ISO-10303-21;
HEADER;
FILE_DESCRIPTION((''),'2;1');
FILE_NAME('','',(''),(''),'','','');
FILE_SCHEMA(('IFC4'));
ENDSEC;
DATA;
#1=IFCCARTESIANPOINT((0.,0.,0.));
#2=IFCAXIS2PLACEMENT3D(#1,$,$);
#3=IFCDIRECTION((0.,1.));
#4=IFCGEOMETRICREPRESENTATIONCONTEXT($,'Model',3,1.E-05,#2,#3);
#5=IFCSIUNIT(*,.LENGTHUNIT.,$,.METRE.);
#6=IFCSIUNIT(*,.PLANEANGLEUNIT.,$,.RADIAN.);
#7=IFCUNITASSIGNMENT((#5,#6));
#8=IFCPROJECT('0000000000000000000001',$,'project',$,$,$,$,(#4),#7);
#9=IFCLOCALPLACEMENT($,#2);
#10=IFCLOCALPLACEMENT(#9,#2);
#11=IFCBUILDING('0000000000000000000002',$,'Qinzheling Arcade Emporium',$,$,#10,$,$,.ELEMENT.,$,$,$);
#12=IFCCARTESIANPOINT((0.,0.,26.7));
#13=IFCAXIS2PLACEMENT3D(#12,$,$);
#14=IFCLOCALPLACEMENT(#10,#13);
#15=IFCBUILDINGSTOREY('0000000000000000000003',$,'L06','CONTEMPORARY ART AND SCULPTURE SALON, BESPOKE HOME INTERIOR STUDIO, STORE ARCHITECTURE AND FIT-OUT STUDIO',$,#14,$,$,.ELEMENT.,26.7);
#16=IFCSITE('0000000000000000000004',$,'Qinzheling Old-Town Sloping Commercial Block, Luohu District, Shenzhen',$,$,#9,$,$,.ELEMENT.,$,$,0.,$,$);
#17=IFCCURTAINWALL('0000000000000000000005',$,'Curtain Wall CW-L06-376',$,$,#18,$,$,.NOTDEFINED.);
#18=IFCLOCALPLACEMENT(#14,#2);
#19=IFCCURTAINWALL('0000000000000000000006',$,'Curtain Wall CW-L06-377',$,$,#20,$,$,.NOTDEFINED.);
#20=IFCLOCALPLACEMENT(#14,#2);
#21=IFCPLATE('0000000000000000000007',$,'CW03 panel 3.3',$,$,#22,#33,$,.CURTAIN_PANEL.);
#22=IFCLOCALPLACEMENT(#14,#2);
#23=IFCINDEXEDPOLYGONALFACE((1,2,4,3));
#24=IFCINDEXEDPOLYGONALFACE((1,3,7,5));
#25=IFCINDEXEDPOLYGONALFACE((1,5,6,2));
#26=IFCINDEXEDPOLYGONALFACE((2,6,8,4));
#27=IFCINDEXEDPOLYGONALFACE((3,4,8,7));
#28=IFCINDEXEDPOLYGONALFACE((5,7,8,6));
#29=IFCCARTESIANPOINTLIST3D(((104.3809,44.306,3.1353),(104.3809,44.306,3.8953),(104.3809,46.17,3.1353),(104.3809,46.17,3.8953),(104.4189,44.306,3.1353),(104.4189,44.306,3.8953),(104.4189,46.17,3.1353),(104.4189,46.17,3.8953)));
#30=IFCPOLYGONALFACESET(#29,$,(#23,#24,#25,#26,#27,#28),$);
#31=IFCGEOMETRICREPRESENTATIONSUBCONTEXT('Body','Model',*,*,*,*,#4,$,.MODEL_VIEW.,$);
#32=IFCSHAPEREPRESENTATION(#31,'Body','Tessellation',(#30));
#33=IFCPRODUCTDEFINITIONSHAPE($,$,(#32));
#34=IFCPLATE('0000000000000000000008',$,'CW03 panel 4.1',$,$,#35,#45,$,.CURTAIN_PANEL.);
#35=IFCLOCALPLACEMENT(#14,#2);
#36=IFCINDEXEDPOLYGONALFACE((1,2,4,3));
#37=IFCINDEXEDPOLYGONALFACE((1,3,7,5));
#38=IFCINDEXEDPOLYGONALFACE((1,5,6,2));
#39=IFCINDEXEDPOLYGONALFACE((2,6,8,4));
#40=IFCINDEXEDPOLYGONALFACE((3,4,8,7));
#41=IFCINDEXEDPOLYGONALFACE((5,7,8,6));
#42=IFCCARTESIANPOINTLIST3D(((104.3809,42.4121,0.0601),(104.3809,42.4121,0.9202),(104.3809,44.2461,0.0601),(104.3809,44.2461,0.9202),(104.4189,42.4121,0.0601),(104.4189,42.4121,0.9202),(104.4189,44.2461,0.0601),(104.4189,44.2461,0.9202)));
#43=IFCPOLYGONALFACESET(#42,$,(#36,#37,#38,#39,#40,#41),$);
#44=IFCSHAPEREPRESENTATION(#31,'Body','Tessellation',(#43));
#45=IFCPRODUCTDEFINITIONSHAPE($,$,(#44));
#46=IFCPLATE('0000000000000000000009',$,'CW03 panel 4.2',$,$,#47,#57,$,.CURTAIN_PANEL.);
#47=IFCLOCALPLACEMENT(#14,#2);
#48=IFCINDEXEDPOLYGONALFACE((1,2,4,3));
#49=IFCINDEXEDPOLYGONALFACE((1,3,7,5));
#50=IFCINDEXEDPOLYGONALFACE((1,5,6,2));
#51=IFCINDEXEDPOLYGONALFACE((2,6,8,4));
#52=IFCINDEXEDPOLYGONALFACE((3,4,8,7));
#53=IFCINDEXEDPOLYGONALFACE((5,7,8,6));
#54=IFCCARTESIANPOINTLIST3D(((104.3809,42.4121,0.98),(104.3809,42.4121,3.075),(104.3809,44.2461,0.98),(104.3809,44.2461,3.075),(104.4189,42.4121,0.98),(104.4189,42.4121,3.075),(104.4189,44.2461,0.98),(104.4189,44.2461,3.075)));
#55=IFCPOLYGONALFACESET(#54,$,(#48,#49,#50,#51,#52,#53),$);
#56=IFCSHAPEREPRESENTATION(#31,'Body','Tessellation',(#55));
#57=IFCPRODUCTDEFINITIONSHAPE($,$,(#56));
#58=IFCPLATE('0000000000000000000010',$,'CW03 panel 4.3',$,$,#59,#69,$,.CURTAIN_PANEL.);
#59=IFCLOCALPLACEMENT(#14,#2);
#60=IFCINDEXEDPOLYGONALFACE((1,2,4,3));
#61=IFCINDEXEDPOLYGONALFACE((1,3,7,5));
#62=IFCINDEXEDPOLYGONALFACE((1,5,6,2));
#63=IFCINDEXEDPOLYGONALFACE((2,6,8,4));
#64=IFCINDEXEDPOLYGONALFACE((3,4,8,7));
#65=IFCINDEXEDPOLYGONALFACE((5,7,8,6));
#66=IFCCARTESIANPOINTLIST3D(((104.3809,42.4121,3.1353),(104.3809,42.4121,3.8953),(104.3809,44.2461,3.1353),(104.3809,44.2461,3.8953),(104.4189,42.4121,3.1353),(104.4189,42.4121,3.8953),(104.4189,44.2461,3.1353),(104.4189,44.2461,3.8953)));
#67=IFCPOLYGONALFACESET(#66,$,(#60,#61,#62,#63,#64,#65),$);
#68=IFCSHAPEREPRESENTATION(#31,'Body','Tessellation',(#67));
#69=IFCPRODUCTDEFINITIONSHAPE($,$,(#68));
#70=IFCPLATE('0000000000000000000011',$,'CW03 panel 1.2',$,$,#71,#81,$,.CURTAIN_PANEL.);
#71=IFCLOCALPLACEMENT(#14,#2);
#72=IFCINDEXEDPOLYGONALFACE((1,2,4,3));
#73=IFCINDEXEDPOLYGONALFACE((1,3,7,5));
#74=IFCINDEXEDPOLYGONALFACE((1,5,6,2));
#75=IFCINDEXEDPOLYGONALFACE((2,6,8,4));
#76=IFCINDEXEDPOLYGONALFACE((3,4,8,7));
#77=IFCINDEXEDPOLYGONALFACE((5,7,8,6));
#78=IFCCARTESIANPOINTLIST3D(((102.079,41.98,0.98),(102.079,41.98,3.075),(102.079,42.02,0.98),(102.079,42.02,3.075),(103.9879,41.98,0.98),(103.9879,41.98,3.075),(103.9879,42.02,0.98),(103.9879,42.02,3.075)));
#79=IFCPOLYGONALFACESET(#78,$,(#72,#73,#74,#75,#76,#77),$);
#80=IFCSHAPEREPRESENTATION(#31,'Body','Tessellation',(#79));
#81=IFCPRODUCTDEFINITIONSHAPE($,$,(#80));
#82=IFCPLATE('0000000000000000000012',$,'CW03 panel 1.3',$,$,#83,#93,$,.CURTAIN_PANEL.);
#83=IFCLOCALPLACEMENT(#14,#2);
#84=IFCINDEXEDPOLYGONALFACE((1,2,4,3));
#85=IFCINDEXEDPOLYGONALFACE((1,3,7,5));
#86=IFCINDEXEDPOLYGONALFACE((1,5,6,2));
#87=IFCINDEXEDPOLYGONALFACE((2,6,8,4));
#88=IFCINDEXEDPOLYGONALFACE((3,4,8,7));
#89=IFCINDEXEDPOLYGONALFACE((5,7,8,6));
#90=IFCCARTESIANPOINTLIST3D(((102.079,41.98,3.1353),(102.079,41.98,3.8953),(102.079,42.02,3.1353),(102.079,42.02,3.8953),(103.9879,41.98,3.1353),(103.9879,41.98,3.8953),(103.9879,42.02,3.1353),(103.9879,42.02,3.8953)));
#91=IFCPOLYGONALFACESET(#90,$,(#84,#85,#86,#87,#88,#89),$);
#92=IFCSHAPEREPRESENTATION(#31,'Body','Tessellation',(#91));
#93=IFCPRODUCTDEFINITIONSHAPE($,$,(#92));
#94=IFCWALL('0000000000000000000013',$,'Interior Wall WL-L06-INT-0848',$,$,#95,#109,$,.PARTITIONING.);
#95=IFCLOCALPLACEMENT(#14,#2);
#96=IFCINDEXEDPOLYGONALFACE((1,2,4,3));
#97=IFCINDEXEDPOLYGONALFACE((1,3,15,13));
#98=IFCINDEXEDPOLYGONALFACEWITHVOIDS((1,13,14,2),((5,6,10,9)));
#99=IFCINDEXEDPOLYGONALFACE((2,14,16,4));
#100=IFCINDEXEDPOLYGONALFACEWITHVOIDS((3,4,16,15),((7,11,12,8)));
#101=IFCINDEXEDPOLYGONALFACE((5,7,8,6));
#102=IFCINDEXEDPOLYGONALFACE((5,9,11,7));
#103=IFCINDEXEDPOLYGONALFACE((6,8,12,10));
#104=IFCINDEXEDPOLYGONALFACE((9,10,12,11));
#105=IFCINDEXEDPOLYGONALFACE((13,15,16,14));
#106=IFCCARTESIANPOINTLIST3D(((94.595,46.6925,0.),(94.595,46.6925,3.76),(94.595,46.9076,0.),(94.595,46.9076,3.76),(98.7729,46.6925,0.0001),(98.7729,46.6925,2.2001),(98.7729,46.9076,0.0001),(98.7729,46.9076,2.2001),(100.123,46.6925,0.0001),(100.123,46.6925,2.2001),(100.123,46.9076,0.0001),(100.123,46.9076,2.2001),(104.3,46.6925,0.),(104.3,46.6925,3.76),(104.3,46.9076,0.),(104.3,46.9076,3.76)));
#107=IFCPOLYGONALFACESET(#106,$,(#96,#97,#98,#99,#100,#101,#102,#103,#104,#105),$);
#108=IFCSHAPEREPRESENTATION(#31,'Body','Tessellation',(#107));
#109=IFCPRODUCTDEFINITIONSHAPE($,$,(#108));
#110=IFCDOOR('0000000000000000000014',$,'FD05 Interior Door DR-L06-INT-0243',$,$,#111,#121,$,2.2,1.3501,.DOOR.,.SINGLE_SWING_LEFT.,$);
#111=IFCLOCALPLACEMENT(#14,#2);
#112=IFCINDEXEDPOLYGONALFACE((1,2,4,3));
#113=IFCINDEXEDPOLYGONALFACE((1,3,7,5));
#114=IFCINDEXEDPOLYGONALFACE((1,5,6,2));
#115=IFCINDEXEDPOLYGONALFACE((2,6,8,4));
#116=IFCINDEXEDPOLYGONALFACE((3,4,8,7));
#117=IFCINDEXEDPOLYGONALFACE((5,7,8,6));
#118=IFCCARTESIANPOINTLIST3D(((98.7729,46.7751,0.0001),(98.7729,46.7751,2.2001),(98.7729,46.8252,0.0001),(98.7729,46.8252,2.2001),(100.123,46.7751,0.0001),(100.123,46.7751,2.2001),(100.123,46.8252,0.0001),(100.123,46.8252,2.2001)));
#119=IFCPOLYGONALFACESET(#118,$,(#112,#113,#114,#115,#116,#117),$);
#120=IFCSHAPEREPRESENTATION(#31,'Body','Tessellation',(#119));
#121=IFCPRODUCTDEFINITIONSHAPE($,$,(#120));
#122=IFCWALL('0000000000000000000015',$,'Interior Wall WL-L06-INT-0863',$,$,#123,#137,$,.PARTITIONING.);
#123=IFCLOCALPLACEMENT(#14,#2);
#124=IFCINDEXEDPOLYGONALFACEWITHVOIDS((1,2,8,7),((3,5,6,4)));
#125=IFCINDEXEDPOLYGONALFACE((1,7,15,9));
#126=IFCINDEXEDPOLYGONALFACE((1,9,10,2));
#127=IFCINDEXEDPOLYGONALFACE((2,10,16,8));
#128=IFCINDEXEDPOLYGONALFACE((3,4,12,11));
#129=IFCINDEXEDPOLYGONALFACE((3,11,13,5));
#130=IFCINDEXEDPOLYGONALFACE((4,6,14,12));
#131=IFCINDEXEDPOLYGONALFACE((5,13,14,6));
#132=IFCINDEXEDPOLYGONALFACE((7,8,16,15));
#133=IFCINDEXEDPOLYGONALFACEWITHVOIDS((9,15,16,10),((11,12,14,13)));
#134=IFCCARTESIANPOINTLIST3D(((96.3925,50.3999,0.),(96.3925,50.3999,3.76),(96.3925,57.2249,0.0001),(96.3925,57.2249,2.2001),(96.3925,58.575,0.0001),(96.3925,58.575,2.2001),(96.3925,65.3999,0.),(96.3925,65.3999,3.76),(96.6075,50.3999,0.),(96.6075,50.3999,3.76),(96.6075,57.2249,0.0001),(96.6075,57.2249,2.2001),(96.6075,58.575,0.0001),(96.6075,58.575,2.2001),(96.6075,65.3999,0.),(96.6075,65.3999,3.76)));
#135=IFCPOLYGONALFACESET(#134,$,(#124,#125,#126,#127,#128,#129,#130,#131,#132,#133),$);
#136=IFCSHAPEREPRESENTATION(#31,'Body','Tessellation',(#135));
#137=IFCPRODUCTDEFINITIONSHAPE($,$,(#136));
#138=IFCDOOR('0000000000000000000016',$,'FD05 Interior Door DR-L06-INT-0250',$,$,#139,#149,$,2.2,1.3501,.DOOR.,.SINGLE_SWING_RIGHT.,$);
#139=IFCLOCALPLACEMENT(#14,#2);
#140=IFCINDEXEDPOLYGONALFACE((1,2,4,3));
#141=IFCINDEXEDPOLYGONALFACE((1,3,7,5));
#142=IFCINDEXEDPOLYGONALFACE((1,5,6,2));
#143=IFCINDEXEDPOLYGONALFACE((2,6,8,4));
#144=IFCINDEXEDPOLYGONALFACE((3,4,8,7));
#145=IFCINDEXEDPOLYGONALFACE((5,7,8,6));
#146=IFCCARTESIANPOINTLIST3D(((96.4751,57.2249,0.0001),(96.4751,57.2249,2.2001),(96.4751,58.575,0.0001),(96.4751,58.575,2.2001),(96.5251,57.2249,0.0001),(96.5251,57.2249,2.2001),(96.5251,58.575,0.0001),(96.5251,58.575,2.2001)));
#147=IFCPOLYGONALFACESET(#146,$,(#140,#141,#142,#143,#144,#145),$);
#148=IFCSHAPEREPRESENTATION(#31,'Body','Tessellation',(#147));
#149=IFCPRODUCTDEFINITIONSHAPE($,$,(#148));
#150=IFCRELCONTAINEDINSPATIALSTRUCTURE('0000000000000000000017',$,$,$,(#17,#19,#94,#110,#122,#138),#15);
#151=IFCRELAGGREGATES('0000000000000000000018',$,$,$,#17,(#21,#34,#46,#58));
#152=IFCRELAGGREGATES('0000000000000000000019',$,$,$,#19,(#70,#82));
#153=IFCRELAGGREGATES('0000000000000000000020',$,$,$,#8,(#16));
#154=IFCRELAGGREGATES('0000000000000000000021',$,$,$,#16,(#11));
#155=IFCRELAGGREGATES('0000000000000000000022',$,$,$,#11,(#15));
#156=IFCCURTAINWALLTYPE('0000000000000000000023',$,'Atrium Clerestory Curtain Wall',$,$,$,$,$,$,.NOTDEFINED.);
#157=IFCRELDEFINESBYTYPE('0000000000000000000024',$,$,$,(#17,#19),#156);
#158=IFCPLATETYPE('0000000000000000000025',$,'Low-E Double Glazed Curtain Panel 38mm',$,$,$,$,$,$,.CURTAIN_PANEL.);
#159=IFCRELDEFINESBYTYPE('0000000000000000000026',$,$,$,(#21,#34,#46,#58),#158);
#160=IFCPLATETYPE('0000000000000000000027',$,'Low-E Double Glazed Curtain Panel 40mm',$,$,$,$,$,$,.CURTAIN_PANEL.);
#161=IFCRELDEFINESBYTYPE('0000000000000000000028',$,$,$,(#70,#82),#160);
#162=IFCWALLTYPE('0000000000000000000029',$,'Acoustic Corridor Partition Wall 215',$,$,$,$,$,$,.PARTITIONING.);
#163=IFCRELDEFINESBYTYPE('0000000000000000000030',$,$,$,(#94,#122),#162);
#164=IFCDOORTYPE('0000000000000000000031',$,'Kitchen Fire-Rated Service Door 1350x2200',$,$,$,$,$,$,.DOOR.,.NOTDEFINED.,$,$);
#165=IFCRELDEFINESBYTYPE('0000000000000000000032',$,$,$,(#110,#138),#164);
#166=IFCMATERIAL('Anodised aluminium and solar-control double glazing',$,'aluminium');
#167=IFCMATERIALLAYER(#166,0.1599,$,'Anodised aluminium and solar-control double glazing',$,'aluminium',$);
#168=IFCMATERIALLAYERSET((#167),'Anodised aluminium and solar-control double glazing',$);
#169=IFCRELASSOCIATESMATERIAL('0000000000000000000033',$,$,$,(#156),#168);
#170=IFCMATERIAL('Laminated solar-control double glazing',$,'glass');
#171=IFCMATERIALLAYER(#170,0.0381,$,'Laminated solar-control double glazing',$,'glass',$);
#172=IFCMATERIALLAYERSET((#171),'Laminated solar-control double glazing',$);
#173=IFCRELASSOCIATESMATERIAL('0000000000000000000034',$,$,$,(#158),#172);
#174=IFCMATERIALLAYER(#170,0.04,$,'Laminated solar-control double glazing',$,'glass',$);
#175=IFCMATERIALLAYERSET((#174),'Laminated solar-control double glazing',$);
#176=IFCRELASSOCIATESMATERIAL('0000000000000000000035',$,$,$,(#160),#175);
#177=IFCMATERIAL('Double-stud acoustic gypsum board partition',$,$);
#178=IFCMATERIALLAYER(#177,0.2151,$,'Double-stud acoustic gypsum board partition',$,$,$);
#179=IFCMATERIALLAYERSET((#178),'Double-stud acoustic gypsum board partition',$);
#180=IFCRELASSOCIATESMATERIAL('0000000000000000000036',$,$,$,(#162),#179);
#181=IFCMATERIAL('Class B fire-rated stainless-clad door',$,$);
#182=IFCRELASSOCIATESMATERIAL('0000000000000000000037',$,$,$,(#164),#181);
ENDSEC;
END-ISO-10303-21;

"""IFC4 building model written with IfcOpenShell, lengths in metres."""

from ifc_helpers import new_model, si_unit, direction, frame, frame_2d, origin, origin_2d, place, context, subcontext, project, spatial, rectangle, extrude, material, layer, layer_set, type_object, element, fill, aggregate, save


model = new_model("IFC4")

# Units and contexts
model_context = context("Model", 3, precision=1e-05, world=origin(), true_north=direction((0.0, 1.0)))
body_context = subcontext(model_context, "Body", "Model", "MODEL_VIEW")
ifc_project = project(units=[si_unit("LENGTHUNIT", "METRE"), si_unit("PLANEANGLEUNIT", "RADIAN")], contexts=[model_context])

# Site, building, storey
site_placement = place(None, origin())
site = spatial("IfcSite", under=ifc_project, at=site_placement, Name="Qinzheling Old-Town Sloping Commercial Block, Luohu District, Shenzhen", CompositionType="ELEMENT", RefElevation=0.0)
building_placement = place(site_placement, origin())
building = spatial("IfcBuilding", under=site, at=building_placement, Name="Qinzheling Arcade Emporium", CompositionType="ELEMENT")
storey_placement = place(building_placement, frame((0.0, 0.0, 26.7)))
storey = spatial("IfcBuildingStorey", under=building, at=storey_placement, Name="L06", Description="CONTEMPORARY ART AND SCULPTURE SALON, BESPOKE HOME INTERIOR STUDIO, STORE ARCHITECTURE AND FIT-OUT STUDIO", CompositionType="ELEMENT", Elevation=26.7)

# Curtain wall
ifc_material_1 = material(Name="Anodised aluminium and solar-control double glazing", Category="aluminium")
ifc_layer_1 = layer(ifc_material_1, 0.1599, Name="Anodised aluminium and solar-control double glazing", Category="aluminium")
ifc_layer_set_1 = layer_set([ifc_layer_1], Name="Anodised aluminium and solar-control double glazing")
curtain_wall_type = type_object("IfcCurtainWallType", Name="Atrium Clerestory Curtain Wall", PredefinedType="NOTDEFINED", material=ifc_layer_set_1)
curtain_wall_1_placement = place(storey_placement, origin())
curtain_wall_1 = element("IfcCurtainWall", 1, at=curtain_wall_1_placement, inside=storey, type_object=curtain_wall_type, Name="Curtain Wall CW-L06-376", PredefinedType="NOTDEFINED")

# Curtain wall
curtain_wall_2_placement = place(storey_placement, origin())
curtain_wall_2 = element("IfcCurtainWall", 2, at=curtain_wall_2_placement, inside=storey, type_object=curtain_wall_type, Name="Curtain Wall CW-L06-377", PredefinedType="NOTDEFINED")

# Plates
ifc_material_2 = material(Name="Laminated solar-control double glazing", Category="glass")
ifc_layer_2 = layer(ifc_material_2, 0.0381, Name="Laminated solar-control double glazing", Category="glass")
ifc_layer_set_2 = layer_set([ifc_layer_2], Name="Laminated solar-control double glazing")
plate_type_1 = type_object("IfcPlateType", Name="Low-E Double Glazed Curtain Panel 38mm", PredefinedType="CURTAIN_PANEL", material=ifc_layer_set_2)
plate_1_placement = place(storey_placement, frame((104.3999, 45.238, 3.1353), z_axis=(0.0, 0.0, 1.0), x_axis=(0.0, -1.0, 0.0)))
plate_1 = element("IfcPlate", 3, at=plate_1_placement, type_object=plate_type_1, Name="CW03 panel 3.3", PredefinedType="CURTAIN_PANEL", context=body_context, shape_type="SweptSolid", body=[
    extrude(rectangle(XDim=1.864, YDim=0.0381, at=origin_2d()), origin(), (0.0, 0.0, 1.0), 0.76),
])
plate_2_placement = place(storey_placement, frame((104.3999, 43.3291, 0.0601), z_axis=(0.0, 0.0, 1.0), x_axis=(0.0, -1.0, 0.0)))
plate_2 = element("IfcPlate", 4, at=plate_2_placement, type_object=plate_type_1, Name="CW03 panel 4.1", PredefinedType="CURTAIN_PANEL", context=body_context, shape_type="SweptSolid", body=[
    extrude(rectangle(XDim=1.834, YDim=0.0381, at=origin_2d()), origin(), (0.0, 0.0, 1.0), 0.8601),
])
plate_3_placement = place(storey_placement, frame((104.3999, 43.3291, 0.98), z_axis=(0.0, 0.0, 1.0), x_axis=(0.0, -1.0, 0.0)))
plate_3 = element("IfcPlate", 5, at=plate_3_placement, type_object=plate_type_1, Name="CW03 panel 4.2", PredefinedType="CURTAIN_PANEL", context=body_context, shape_type="SweptSolid", body=[
    extrude(rectangle(XDim=1.834, YDim=0.0381, at=origin_2d()), origin(), (0.0, 0.0, 1.0), 2.095),
])
plate_4_placement = place(storey_placement, frame((104.3999, 43.3291, 3.1353), z_axis=(0.0, 0.0, 1.0), x_axis=(0.0, -1.0, 0.0)))
plate_4 = element("IfcPlate", 6, at=plate_4_placement, type_object=plate_type_1, Name="CW03 panel 4.3", PredefinedType="CURTAIN_PANEL", context=body_context, shape_type="SweptSolid", body=[
    extrude(rectangle(XDim=1.834, YDim=0.0381, at=origin_2d()), origin(), (0.0, 0.0, 1.0), 0.76),
])
aggregate(curtain_wall_1, [plate_1, plate_2, plate_3, plate_4])
ifc_layer_3 = layer(ifc_material_2, 0.04, Name="Laminated solar-control double glazing", Category="glass")
ifc_layer_set_3 = layer_set([ifc_layer_3], Name="Laminated solar-control double glazing")
plate_type_2 = type_object("IfcPlateType", Name="Low-E Double Glazed Curtain Panel 40mm", PredefinedType="CURTAIN_PANEL", material=ifc_layer_set_3)
plate_5_placement = place(storey_placement, frame((103.0334, 42.0, 0.98), z_axis=(0.0, 0.0, 1.0), x_axis=(-1.0, 0.0, 0.0)))
plate_5 = element("IfcPlate", 7, at=plate_5_placement, type_object=plate_type_2, Name="CW03 panel 1.2", PredefinedType="CURTAIN_PANEL", context=body_context, shape_type="SweptSolid", body=[
    extrude(rectangle(XDim=1.9089, YDim=0.04, at=origin_2d()), origin(), (0.0, 0.0, 1.0), 2.095),
])
plate_6_placement = place(storey_placement, frame((103.0334, 42.0, 3.1353), z_axis=(0.0, 0.0, 1.0), x_axis=(-1.0, 0.0, 0.0)))
plate_6 = element("IfcPlate", 8, at=plate_6_placement, type_object=plate_type_2, Name="CW03 panel 1.3", PredefinedType="CURTAIN_PANEL", context=body_context, shape_type="SweptSolid", body=[
    extrude(rectangle(XDim=1.9089, YDim=0.04, at=origin_2d()), origin(), (0.0, 0.0, 1.0), 0.76),
])
aggregate(curtain_wall_2, [plate_5, plate_6])

# Walls, openings, doors
ifc_material_3 = material(Name="Double-stud acoustic gypsum board partition")
ifc_layer_4 = layer(ifc_material_3, 0.2151, Name="Double-stud acoustic gypsum board partition")
ifc_layer_set_4 = layer_set([ifc_layer_4], Name="Double-stud acoustic gypsum board partition")
wall_type = type_object("IfcWallType", Name="Acoustic Corridor Partition Wall 215", PredefinedType="PARTITIONING", material=ifc_layer_set_4)
wall_1_placement = place(storey_placement, frame((104.3, 46.8, 0.0), z_axis=(0.0, 0.0, 1.0), x_axis=(-1.0, 0.0, 0.0)))
wall_1 = element("IfcWall", 9, at=wall_1_placement, inside=storey, type_object=wall_type, Name="Interior Wall WL-L06-INT-0848", PredefinedType="PARTITIONING", context=body_context, shape_type="SweptSolid", body=[
    extrude(rectangle(XDim=9.7051, YDim=0.2151, at=frame_2d((4.8525, 0.0))), origin(), (0.0, 0.0, 1.0), 3.76),
])
opening_1_placement = place(wall_1_placement, frame((4.177, 0.0, 0.0)))
opening_1 = element("IfcOpeningElement", 10, at=opening_1_placement, cuts=wall_1, PredefinedType="OPENING", context=body_context, shape_type="SweptSolid", body=[
    extrude(rectangle(XDim=1.3501, YDim=2.2, at=frame_2d((0.675, 1.1001))), frame((0.0, 0.1177, 0.0), z_axis=(0.0, -1.0, 0.0), x_axis=(1.0, 0.0, 0.0)), (0.0, 0.0, 1.0), 0.2351),
])
ifc_material_4 = material(Name="Class B fire-rated stainless-clad door")
door_type = type_object("IfcDoorType", Name="Kitchen Fire-Rated Service Door 1350x2200", OperationType="NOTDEFINED", PredefinedType="DOOR", material=ifc_material_4)
door_1_placement = place(opening_1_placement, origin())
door_1 = element("IfcDoor", 11, at=door_1_placement, inside=storey, type_object=door_type, Name="FD05 Interior Door DR-L06-INT-0243", OperationType="SINGLE_SWING_LEFT", OverallHeight=2.2, OverallWidth=1.3501, PredefinedType="DOOR", context=body_context, shape_type="SweptSolid", body=[
    extrude(rectangle(XDim=1.3501, YDim=2.2, at=frame_2d((0.675, 1.1001))), frame((0.0, 0.0249, 0.0), z_axis=(0.0, -1.0, 0.0), x_axis=(1.0, 0.0, 0.0)), (0.0, 0.0, 1.0), 0.05),
])
fill(opening_1, door_1)
wall_2_placement = place(storey_placement, frame((96.5, 50.3999, 0.0), z_axis=(0.0, 0.0, 1.0), x_axis=(0.0, 1.0, 0.0)))
wall_2 = element("IfcWall", 12, at=wall_2_placement, inside=storey, type_object=wall_type, Name="Interior Wall WL-L06-INT-0863", PredefinedType="PARTITIONING", context=body_context, shape_type="SweptSolid", body=[
    extrude(rectangle(XDim=15.0, YDim=0.2151, at=frame_2d((7.5, 0.0))), origin(), (0.0, 0.0, 1.0), 3.76),
])
opening_2_placement = place(wall_2_placement, frame((6.825, 0.0, 0.0)))
opening_2 = element("IfcOpeningElement", 13, at=opening_2_placement, cuts=wall_2, PredefinedType="OPENING", context=body_context, shape_type="SweptSolid", body=[
    extrude(rectangle(XDim=1.3501, YDim=2.2, at=frame_2d((0.675, 1.1001))), frame((0.0, 0.1177, 0.0), z_axis=(0.0, -1.0, 0.0), x_axis=(1.0, 0.0, 0.0)), (0.0, 0.0, 1.0), 0.2351),
])
door_2_placement = place(opening_2_placement, origin())
door_2 = element("IfcDoor", 14, at=door_2_placement, inside=storey, type_object=door_type, Name="FD05 Interior Door DR-L06-INT-0250", OperationType="SINGLE_SWING_RIGHT", OverallHeight=2.2, OverallWidth=1.3501, PredefinedType="DOOR", context=body_context, shape_type="SweptSolid", body=[
    extrude(rectangle(XDim=1.3501, YDim=2.2, at=frame_2d((0.675, 1.1001))), frame((0.0, 0.0249, 0.0), z_axis=(0.0, -1.0, 0.0), x_axis=(1.0, 0.0, 0.0)), (0.0, 0.0, 1.0), 0.05),
])
fill(opening_2, door_2)

save(model, "model.ifc")
